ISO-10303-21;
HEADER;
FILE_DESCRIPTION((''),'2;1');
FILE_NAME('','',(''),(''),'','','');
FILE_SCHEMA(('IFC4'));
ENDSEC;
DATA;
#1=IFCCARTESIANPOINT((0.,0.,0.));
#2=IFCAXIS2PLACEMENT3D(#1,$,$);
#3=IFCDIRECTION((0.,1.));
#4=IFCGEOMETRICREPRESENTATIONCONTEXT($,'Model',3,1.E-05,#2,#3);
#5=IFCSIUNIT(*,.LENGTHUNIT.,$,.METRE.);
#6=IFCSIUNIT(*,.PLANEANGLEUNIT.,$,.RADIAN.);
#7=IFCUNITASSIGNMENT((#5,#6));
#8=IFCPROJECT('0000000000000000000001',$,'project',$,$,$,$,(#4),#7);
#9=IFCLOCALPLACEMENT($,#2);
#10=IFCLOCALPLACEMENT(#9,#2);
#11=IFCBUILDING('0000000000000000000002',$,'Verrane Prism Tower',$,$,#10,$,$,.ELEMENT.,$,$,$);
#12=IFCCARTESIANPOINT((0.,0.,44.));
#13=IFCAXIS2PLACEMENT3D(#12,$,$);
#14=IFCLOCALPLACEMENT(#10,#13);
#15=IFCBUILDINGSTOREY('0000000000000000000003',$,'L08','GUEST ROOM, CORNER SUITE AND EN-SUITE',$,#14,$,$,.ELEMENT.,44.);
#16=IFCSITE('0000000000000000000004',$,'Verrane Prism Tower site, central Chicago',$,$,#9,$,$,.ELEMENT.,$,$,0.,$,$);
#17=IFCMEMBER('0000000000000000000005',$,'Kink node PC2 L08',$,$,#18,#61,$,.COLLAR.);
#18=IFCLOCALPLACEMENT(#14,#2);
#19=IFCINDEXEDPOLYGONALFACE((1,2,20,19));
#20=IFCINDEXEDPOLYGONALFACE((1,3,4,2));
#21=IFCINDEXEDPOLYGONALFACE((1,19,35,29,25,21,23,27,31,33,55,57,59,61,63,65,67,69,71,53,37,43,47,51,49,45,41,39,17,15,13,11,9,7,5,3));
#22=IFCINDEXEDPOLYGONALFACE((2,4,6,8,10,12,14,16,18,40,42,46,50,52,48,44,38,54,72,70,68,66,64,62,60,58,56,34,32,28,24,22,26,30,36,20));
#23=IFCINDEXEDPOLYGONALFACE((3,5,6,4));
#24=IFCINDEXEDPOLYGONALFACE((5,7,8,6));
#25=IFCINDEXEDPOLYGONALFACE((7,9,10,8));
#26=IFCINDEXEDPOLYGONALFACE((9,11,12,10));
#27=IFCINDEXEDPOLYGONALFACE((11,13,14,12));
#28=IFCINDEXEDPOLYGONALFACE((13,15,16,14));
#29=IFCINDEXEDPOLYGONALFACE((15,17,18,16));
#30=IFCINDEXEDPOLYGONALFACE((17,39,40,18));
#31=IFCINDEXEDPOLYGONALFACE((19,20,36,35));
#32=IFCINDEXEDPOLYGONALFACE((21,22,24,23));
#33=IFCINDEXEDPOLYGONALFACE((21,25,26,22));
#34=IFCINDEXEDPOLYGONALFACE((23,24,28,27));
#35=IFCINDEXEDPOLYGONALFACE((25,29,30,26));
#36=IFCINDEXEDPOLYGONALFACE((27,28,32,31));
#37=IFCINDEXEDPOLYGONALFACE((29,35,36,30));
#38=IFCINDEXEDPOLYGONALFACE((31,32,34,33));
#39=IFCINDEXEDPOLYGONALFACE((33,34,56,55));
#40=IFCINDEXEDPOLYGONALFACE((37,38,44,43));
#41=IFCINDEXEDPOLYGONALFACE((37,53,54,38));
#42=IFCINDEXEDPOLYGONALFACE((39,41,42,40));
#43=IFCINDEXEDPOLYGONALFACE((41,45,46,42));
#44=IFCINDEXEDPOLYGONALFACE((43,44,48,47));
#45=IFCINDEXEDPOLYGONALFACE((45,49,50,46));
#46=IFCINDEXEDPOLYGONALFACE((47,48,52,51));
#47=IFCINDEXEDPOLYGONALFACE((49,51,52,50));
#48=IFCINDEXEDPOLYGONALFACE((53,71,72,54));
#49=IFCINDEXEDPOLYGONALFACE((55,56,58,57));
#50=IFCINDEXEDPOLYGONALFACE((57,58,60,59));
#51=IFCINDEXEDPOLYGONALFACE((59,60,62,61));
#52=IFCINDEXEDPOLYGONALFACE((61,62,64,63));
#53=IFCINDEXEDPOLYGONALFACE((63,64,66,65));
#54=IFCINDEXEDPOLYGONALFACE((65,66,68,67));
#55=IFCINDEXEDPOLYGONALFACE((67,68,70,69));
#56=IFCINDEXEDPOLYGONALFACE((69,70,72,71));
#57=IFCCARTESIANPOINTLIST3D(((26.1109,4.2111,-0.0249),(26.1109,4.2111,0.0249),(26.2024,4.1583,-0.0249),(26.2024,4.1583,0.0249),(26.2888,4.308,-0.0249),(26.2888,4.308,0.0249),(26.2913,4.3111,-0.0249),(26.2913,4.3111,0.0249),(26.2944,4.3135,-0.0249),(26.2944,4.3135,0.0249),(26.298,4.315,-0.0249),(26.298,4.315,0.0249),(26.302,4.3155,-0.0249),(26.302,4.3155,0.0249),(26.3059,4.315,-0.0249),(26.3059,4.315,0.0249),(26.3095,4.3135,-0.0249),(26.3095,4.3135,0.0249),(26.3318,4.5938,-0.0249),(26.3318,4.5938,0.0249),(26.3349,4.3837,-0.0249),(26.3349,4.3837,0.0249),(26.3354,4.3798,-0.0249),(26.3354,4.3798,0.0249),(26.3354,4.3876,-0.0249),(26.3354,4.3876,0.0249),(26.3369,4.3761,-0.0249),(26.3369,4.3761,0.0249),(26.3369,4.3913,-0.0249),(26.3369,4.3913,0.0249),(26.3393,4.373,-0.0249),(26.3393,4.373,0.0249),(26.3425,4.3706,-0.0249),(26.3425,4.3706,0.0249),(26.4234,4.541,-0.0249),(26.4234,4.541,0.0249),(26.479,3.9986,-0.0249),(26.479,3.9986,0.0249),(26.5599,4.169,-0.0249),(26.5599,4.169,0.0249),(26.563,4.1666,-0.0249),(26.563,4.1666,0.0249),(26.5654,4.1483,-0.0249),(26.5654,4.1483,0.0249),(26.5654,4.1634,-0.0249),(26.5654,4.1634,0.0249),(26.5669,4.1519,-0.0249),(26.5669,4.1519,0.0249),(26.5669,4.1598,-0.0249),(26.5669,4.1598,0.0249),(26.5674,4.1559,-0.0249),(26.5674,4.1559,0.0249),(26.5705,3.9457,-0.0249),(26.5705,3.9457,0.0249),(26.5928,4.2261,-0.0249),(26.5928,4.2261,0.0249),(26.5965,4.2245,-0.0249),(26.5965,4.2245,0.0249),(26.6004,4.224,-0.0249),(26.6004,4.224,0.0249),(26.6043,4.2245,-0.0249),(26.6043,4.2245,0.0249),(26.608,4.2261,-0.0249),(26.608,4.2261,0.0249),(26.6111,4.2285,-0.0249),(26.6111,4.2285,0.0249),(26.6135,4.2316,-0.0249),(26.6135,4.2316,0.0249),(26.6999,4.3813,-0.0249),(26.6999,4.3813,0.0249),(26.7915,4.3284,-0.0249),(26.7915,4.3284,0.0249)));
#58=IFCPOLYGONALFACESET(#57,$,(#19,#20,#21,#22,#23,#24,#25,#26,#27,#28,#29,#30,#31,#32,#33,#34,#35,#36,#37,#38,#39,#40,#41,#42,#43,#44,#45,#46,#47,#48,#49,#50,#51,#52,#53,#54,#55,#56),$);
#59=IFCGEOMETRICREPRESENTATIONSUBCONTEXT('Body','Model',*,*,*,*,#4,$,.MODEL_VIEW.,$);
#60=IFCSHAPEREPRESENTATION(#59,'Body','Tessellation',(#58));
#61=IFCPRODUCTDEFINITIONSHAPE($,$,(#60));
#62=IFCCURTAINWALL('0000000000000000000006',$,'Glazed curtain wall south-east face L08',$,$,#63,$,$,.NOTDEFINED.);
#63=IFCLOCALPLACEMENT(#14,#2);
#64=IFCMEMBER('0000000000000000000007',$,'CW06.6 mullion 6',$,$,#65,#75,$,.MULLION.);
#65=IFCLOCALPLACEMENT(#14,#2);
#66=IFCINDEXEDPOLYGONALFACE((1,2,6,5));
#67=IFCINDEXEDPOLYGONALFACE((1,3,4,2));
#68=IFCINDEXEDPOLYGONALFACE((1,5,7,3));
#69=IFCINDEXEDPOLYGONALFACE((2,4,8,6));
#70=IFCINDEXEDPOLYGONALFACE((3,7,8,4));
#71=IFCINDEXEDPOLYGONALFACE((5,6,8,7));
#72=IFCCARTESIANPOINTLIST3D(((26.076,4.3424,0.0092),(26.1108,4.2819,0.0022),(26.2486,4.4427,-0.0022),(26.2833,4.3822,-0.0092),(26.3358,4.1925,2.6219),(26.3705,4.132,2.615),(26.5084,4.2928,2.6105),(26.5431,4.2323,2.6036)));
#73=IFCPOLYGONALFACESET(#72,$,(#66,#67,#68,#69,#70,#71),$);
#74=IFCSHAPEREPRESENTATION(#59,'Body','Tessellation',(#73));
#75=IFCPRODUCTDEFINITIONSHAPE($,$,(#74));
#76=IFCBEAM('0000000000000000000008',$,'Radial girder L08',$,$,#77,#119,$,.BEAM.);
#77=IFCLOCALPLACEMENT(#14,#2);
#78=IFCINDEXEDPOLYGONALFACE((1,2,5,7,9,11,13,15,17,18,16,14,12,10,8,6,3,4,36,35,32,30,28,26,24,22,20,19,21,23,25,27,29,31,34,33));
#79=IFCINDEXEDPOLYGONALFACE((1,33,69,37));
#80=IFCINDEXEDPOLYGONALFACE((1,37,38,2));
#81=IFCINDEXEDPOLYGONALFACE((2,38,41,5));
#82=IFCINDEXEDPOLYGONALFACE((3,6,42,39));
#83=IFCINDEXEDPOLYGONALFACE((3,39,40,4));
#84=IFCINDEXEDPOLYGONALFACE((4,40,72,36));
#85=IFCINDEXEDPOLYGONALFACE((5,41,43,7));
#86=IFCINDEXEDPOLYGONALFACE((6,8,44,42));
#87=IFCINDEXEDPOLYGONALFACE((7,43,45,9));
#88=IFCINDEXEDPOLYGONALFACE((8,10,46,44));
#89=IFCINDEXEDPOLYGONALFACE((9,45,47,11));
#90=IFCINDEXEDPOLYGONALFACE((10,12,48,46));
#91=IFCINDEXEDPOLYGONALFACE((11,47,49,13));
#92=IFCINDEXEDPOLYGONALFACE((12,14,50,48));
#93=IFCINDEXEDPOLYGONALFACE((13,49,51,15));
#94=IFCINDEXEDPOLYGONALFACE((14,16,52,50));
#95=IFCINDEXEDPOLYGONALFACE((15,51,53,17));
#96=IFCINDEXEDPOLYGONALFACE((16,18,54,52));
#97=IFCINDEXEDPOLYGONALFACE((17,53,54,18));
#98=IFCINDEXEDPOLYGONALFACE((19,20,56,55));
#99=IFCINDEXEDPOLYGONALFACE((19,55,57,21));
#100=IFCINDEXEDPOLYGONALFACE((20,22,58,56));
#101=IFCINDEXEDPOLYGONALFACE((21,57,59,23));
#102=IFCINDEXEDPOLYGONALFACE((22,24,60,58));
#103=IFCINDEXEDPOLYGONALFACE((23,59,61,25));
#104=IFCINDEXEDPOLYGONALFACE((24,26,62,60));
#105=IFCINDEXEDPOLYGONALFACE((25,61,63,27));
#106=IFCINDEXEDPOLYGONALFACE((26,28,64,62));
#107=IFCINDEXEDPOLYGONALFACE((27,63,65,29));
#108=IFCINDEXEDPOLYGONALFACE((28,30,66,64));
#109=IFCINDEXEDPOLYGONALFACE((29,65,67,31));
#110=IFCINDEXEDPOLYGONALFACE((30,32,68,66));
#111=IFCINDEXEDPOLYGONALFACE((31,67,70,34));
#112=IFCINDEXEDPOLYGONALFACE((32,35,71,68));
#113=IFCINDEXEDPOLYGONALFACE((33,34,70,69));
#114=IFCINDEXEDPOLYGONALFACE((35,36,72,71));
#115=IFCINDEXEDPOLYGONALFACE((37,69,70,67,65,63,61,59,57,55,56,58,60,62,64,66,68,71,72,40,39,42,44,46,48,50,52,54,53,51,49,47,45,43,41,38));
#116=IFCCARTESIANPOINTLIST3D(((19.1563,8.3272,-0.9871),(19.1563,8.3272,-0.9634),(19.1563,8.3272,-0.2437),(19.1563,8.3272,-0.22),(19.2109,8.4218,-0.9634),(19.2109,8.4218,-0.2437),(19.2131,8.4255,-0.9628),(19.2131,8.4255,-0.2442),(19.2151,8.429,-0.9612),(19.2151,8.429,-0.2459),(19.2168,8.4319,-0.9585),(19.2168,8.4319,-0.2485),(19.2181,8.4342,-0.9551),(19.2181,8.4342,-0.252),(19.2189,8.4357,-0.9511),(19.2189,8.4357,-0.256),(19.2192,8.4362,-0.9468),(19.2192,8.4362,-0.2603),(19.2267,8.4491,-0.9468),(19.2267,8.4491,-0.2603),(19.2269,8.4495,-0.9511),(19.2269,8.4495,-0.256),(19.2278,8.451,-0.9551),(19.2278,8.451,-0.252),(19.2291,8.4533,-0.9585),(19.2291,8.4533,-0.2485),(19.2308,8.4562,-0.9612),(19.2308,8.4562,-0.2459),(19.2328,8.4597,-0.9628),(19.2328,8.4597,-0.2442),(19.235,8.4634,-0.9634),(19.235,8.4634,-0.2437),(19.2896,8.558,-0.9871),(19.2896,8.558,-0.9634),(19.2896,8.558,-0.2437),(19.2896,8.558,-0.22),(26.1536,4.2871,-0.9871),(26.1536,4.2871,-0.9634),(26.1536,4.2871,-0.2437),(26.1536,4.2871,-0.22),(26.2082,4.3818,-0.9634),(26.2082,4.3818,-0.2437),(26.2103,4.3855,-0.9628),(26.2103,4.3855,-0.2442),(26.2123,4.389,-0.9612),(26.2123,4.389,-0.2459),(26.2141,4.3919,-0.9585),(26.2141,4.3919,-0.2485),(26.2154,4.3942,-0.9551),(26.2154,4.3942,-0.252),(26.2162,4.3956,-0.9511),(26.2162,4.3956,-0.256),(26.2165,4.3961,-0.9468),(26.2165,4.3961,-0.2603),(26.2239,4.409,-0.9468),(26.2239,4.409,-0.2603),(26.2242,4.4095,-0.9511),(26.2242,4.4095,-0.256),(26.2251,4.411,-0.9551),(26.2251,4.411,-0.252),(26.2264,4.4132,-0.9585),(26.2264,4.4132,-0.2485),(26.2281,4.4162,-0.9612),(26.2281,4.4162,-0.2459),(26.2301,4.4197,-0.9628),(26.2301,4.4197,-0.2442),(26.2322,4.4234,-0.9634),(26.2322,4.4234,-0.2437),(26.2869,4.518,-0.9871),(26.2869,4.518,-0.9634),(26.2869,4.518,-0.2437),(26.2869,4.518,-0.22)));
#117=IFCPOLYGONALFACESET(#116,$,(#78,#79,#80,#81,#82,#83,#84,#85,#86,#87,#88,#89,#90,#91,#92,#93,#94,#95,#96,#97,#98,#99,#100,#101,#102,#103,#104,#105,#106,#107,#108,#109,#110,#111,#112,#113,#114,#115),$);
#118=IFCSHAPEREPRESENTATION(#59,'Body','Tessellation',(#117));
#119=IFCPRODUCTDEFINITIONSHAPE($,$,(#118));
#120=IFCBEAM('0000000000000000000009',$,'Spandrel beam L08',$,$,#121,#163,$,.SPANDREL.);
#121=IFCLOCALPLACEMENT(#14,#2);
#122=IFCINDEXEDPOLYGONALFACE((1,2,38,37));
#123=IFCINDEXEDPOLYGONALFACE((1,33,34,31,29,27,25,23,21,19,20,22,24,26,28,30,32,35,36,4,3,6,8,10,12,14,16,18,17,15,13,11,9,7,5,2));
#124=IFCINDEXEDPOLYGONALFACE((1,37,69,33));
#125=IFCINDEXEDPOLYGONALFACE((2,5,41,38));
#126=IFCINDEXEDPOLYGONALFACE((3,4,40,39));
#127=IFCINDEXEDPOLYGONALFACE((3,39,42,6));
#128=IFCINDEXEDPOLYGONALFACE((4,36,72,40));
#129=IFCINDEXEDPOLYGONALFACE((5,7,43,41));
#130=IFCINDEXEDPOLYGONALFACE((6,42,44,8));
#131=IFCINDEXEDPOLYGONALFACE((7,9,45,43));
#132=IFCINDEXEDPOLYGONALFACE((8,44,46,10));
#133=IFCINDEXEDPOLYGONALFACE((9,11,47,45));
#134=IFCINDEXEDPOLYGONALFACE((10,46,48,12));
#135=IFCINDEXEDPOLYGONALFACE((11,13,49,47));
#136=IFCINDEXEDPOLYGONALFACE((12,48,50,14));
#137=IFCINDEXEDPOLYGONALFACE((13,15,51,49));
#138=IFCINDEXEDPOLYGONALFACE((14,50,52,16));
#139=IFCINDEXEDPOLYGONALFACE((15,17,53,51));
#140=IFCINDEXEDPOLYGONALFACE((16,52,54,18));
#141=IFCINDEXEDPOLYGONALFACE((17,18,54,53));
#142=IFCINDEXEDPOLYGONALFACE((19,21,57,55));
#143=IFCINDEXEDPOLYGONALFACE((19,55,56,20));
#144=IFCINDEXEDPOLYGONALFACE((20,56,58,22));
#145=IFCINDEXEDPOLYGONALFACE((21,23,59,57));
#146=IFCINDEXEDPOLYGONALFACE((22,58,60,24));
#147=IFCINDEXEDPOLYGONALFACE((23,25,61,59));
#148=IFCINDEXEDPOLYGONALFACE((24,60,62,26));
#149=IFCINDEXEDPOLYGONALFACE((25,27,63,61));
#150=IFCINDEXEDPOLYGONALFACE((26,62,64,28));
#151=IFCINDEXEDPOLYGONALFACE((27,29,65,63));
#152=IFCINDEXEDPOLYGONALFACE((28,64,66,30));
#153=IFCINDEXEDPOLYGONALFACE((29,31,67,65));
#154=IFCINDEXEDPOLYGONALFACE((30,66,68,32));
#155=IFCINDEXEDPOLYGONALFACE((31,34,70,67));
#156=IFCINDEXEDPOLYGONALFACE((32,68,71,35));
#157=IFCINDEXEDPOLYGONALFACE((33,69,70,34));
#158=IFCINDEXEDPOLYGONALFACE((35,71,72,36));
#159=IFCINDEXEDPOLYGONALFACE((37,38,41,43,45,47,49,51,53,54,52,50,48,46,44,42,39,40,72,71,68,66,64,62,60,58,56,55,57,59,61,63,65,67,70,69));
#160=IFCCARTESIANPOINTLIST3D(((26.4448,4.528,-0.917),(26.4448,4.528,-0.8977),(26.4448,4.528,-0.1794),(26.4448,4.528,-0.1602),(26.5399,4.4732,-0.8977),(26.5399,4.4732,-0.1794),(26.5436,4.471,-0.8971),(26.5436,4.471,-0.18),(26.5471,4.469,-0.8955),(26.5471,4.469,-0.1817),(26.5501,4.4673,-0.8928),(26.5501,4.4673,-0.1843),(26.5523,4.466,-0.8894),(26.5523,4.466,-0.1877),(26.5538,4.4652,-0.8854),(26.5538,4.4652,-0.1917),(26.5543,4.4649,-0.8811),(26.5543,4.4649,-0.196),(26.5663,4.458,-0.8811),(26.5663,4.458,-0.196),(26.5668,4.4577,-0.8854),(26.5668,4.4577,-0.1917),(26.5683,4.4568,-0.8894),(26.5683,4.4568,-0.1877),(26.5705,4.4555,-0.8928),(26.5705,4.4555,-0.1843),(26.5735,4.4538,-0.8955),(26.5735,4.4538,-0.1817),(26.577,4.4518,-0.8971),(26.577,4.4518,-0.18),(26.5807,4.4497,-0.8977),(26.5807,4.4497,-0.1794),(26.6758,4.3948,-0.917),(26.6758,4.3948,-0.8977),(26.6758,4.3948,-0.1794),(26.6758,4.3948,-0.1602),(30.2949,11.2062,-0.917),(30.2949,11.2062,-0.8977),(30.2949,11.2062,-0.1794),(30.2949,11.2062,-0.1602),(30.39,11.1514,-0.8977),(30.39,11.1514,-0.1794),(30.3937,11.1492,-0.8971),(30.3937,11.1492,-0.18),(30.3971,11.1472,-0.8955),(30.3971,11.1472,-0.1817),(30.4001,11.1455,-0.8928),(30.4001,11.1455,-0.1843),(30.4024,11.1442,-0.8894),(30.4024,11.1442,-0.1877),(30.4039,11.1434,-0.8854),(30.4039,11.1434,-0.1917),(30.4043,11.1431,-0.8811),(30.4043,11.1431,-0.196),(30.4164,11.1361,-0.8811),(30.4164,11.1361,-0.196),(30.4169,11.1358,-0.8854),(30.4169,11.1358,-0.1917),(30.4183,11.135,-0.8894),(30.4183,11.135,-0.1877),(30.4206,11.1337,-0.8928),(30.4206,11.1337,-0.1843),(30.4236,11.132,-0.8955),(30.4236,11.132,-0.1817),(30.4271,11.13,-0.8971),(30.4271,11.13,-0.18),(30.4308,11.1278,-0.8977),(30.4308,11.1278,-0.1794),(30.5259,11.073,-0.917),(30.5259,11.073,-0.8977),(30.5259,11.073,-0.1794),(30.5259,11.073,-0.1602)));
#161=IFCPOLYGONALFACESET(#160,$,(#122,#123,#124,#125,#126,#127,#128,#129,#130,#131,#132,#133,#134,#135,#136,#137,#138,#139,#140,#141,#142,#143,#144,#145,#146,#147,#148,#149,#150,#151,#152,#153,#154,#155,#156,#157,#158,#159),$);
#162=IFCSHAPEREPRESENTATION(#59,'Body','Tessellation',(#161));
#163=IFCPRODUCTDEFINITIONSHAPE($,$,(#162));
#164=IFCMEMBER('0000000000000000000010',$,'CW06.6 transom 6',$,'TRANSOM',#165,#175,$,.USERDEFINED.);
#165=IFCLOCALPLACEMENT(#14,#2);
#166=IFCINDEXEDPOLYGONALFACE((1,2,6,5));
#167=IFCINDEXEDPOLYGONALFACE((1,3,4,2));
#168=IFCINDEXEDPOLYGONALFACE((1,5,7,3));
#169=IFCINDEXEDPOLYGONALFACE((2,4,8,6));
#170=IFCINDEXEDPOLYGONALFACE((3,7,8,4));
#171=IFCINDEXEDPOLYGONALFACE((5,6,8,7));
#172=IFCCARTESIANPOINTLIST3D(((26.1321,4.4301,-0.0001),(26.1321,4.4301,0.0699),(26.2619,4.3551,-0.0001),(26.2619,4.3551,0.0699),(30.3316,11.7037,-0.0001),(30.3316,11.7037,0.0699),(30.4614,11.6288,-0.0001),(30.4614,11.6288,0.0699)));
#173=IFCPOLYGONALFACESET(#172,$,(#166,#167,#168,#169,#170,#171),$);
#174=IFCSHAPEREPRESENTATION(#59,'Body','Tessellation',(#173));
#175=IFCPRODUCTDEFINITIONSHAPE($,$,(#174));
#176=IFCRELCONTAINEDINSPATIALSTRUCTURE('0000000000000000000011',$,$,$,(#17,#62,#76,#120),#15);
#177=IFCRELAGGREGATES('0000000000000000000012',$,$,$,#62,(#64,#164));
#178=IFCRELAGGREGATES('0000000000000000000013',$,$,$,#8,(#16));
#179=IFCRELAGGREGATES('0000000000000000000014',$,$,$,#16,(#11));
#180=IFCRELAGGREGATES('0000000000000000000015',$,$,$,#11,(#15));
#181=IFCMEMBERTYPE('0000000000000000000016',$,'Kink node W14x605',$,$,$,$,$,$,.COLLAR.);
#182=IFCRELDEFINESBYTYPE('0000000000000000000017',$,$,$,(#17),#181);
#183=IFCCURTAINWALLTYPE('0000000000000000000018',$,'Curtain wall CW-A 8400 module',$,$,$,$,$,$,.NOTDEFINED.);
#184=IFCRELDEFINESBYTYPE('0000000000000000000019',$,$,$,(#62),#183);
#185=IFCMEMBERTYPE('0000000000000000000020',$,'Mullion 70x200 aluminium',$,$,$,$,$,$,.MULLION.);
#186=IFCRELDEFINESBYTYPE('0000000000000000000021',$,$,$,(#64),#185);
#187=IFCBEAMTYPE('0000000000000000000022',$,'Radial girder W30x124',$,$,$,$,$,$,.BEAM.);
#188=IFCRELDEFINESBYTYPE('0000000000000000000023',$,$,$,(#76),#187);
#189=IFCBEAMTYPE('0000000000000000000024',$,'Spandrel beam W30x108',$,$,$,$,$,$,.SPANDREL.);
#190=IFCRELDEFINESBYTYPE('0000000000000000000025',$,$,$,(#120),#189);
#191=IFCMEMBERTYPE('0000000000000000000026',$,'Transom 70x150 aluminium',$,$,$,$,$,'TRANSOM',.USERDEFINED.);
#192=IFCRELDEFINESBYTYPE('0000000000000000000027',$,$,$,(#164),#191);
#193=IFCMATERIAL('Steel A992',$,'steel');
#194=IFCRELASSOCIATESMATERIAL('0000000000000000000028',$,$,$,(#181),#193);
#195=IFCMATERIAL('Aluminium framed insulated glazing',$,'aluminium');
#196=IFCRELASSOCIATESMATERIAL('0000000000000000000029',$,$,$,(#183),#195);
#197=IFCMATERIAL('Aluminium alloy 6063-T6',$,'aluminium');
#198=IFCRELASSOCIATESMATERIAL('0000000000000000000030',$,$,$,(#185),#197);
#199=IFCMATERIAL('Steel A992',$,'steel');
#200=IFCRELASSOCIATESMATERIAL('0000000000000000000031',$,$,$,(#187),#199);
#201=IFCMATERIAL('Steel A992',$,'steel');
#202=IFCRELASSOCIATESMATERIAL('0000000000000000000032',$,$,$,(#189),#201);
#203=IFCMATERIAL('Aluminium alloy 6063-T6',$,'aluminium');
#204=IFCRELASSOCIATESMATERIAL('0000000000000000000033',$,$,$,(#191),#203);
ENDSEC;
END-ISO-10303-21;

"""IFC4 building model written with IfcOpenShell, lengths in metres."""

from ifc_helpers import new_model, si_unit, direction, frame, origin, origin_2d, place, context, subcontext, project, spatial, rectangle, i_section, extrude, material, material_profile, profile_set, type_object, element, aggregate, save


model = new_model("IFC4")

# Units and contexts
model_context = context("Model", 3, precision=1e-05, world=origin(), true_north=direction((0.0, 1.0)))
body_context = subcontext(model_context, "Body", "Model", "MODEL_VIEW")
ifc_project = project(units=[si_unit("LENGTHUNIT", "METRE"), si_unit("PLANEANGLEUNIT", "RADIAN")], contexts=[model_context])

# Site, building, storey
site_placement = place(None, origin())
site = spatial("IfcSite", under=ifc_project, at=site_placement, Name="Verrane Prism Tower site, central Chicago", CompositionType="ELEMENT", RefElevation=0.0)
building_placement = place(site_placement, origin())
building = spatial("IfcBuilding", under=site, at=building_placement, Name="Verrane Prism Tower", CompositionType="ELEMENT")
storey_placement = place(building_placement, frame((0.0, 0.0, 44.0)))
storey = spatial("IfcBuildingStorey", under=building, at=storey_placement, Name="L08", Description="GUEST ROOM, CORNER SUITE AND EN-SUITE", CompositionType="ELEMENT", Elevation=44.0)

# Member
ifc_material_1 = material(Name="Steel A992", Category="steel")
ifc_material_profile_1 = material_profile(ifc_material_1, i_section(OverallWidth=0.4419, OverallDepth=0.5308, WebThickness=0.0659, FlangeThickness=0.1057, FilletRadius=0.0151, at=origin_2d()), Name="W14x605")
ifc_profile_set_1 = profile_set([ifc_material_profile_1], Name="Steel A992")
member_type_1 = type_object("IfcMemberType", Name="Kink node W14x605", PredefinedType="COLLAR", material=ifc_profile_set_1)
member_1_placement = place(storey_placement, frame((26.4512, 4.2698, -0.0249), z_axis=(0.0, 0.0, 1.0), x_axis=(-0.5, -0.866025, 0.0)))
element("IfcMember", 1, at=member_1_placement, inside=storey, type_object=member_type_1, Name="Kink node PC2 L08", PredefinedType="COLLAR", context=body_context, shape_type="SweptSolid", body=[
    extrude(i_section(OverallWidth=0.4419, OverallDepth=0.5308, WebThickness=0.0659, FlangeThickness=0.1057, FilletRadius=0.0151, at=origin_2d()), origin(), (0.0, 0.0, 1.0), 0.0498),
])

# Curtain wall, member
ifc_material_2 = material(Name="Aluminium framed insulated glazing", Category="aluminium")
curtain_wall_type = type_object("IfcCurtainWallType", Name="Curtain wall CW-A 8400 module", PredefinedType="NOTDEFINED", material=ifc_material_2)
curtain_wall_placement = place(storey_placement, origin())
curtain_wall = element("IfcCurtainWall", 2, at=curtain_wall_placement, inside=storey, type_object=curtain_wall_type, Name="Glazed curtain wall south-east face L08", PredefinedType="NOTDEFINED")
ifc_material_3 = material(Name="Aluminium alloy 6063-T6", Category="aluminium")
ifc_material_profile_2 = material_profile(ifc_material_3, rectangle(XDim=0.2, YDim=0.0701, at=origin_2d()), Name="Mullion 70x200 aluminium")
ifc_profile_set_2 = profile_set([ifc_material_profile_2], Name="Aluminium alloy 6063-T6")
member_type_2 = type_object("IfcMemberType", Name="Mullion 70x200 aluminium", PredefinedType="MULLION", material=ifc_profile_set_2)
member_2_placement = place(storey_placement, frame((26.1797, 4.3623, 0.0), z_axis=(0.098772, -0.056998, 0.993476), x_axis=(-0.863095, -0.501813, 0.057019)))
member_2 = element("IfcMember", 3, at=member_2_placement, type_object=member_type_2, Name="CW06.6 mullion 6", PredefinedType="MULLION", context=body_context, shape_type="SweptSolid", body=[
    extrude(rectangle(XDim=0.2, YDim=0.0701, at=origin_2d()), origin(), (0.0, 0.0, 1.0), 2.6299),
])

# Beams
ifc_material_4 = material(Name="Steel A992", Category="steel")
ifc_material_profile_3 = material_profile(ifc_material_4, i_section(OverallWidth=0.2666, OverallDepth=0.7671, WebThickness=0.0149, FlangeThickness=0.0237, FilletRadius=0.0166, at=origin_2d()), Name="W30x124")
ifc_profile_set_3 = profile_set([ifc_material_profile_3], Name="Steel A992")
beam_type_1 = type_object("IfcBeamType", Name="Radial girder W30x124", PredefinedType="BEAM", material=ifc_profile_set_3)
beam_1_placement = place(storey_placement, frame((26.2202, 4.4026, -0.6035), z_axis=(-0.866018, 0.500013, 0.0), x_axis=(-0.500013, -0.866018, 0.0)))
element("IfcBeam", 4, at=beam_1_placement, inside=storey, type_object=beam_type_1, Name="Radial girder L08", PredefinedType="BEAM", context=body_context, shape_type="SweptSolid", body=[
    extrude(i_section(OverallWidth=0.2666, OverallDepth=0.7671, WebThickness=0.0149, FlangeThickness=0.0237, FilletRadius=0.0166, at=origin_2d()), origin(), (0.0, 0.0, 1.0), 8.0798),
])
ifc_material_5 = material(Name="Steel A992", Category="steel")
ifc_material_profile_4 = material_profile(ifc_material_5, i_section(OverallWidth=0.2666, OverallDepth=0.7568, WebThickness=0.0139, FlangeThickness=0.0193, FilletRadius=0.0166, at=origin_2d()), Name="W30x108")
ifc_profile_set_4 = profile_set([ifc_material_profile_4], Name="Steel A992")
beam_type_2 = type_object("IfcBeamType", Name="Spandrel beam W30x108", PredefinedType="SPANDREL", material=ifc_profile_set_4)
beam_2_placement = place(storey_placement, frame((26.5603, 4.4614, -0.5386), z_axis=(0.499457, 0.866338, 0.0), x_axis=(-0.866338, 0.499457, 0.0)))
element("IfcBeam", 5, at=beam_2_placement, inside=storey, type_object=beam_type_2, Name="Spandrel beam L08", PredefinedType="SPANDREL", context=body_context, shape_type="SweptSolid", body=[
    extrude(i_section(OverallWidth=0.2666, OverallDepth=0.7568, WebThickness=0.0139, FlangeThickness=0.0193, FilletRadius=0.0166, at=origin_2d()), origin(), (0.0, 0.0, 1.0), 7.7085),
])

# Member
ifc_material_6 = material(Name="Aluminium alloy 6063-T6", Category="aluminium")
ifc_material_profile_5 = material_profile(ifc_material_6, rectangle(XDim=0.1499, YDim=0.0701, at=origin_2d()), Name="Transom 70x150 aluminium")
ifc_profile_set_5 = profile_set([ifc_material_profile_5], Name="Aluminium alloy 6063-T6")
member_type_3 = type_object("IfcMemberType", Name="Transom 70x150 aluminium", ElementType="TRANSOM", PredefinedType="USERDEFINED", material=ifc_profile_set_5)
member_3_placement = place(storey_placement, frame((26.197, 4.3926, 0.0349), z_axis=(0.5, 0.866025, 0.0), x_axis=(-0.866025, 0.5, 0.0)))
member_3 = element("IfcMember", 6, at=member_3_placement, type_object=member_type_3, Name="CW06.6 transom 6", ObjectType="TRANSOM", PredefinedType="USERDEFINED", context=body_context, shape_type="SweptSolid", body=[
    extrude(rectangle(XDim=0.1499, YDim=0.0701, at=origin_2d()), origin(), (0.0, 0.0, 1.0), 8.3989),
])

aggregate(curtain_wall, [member_2, member_3])

save(model, "model.ifc")
